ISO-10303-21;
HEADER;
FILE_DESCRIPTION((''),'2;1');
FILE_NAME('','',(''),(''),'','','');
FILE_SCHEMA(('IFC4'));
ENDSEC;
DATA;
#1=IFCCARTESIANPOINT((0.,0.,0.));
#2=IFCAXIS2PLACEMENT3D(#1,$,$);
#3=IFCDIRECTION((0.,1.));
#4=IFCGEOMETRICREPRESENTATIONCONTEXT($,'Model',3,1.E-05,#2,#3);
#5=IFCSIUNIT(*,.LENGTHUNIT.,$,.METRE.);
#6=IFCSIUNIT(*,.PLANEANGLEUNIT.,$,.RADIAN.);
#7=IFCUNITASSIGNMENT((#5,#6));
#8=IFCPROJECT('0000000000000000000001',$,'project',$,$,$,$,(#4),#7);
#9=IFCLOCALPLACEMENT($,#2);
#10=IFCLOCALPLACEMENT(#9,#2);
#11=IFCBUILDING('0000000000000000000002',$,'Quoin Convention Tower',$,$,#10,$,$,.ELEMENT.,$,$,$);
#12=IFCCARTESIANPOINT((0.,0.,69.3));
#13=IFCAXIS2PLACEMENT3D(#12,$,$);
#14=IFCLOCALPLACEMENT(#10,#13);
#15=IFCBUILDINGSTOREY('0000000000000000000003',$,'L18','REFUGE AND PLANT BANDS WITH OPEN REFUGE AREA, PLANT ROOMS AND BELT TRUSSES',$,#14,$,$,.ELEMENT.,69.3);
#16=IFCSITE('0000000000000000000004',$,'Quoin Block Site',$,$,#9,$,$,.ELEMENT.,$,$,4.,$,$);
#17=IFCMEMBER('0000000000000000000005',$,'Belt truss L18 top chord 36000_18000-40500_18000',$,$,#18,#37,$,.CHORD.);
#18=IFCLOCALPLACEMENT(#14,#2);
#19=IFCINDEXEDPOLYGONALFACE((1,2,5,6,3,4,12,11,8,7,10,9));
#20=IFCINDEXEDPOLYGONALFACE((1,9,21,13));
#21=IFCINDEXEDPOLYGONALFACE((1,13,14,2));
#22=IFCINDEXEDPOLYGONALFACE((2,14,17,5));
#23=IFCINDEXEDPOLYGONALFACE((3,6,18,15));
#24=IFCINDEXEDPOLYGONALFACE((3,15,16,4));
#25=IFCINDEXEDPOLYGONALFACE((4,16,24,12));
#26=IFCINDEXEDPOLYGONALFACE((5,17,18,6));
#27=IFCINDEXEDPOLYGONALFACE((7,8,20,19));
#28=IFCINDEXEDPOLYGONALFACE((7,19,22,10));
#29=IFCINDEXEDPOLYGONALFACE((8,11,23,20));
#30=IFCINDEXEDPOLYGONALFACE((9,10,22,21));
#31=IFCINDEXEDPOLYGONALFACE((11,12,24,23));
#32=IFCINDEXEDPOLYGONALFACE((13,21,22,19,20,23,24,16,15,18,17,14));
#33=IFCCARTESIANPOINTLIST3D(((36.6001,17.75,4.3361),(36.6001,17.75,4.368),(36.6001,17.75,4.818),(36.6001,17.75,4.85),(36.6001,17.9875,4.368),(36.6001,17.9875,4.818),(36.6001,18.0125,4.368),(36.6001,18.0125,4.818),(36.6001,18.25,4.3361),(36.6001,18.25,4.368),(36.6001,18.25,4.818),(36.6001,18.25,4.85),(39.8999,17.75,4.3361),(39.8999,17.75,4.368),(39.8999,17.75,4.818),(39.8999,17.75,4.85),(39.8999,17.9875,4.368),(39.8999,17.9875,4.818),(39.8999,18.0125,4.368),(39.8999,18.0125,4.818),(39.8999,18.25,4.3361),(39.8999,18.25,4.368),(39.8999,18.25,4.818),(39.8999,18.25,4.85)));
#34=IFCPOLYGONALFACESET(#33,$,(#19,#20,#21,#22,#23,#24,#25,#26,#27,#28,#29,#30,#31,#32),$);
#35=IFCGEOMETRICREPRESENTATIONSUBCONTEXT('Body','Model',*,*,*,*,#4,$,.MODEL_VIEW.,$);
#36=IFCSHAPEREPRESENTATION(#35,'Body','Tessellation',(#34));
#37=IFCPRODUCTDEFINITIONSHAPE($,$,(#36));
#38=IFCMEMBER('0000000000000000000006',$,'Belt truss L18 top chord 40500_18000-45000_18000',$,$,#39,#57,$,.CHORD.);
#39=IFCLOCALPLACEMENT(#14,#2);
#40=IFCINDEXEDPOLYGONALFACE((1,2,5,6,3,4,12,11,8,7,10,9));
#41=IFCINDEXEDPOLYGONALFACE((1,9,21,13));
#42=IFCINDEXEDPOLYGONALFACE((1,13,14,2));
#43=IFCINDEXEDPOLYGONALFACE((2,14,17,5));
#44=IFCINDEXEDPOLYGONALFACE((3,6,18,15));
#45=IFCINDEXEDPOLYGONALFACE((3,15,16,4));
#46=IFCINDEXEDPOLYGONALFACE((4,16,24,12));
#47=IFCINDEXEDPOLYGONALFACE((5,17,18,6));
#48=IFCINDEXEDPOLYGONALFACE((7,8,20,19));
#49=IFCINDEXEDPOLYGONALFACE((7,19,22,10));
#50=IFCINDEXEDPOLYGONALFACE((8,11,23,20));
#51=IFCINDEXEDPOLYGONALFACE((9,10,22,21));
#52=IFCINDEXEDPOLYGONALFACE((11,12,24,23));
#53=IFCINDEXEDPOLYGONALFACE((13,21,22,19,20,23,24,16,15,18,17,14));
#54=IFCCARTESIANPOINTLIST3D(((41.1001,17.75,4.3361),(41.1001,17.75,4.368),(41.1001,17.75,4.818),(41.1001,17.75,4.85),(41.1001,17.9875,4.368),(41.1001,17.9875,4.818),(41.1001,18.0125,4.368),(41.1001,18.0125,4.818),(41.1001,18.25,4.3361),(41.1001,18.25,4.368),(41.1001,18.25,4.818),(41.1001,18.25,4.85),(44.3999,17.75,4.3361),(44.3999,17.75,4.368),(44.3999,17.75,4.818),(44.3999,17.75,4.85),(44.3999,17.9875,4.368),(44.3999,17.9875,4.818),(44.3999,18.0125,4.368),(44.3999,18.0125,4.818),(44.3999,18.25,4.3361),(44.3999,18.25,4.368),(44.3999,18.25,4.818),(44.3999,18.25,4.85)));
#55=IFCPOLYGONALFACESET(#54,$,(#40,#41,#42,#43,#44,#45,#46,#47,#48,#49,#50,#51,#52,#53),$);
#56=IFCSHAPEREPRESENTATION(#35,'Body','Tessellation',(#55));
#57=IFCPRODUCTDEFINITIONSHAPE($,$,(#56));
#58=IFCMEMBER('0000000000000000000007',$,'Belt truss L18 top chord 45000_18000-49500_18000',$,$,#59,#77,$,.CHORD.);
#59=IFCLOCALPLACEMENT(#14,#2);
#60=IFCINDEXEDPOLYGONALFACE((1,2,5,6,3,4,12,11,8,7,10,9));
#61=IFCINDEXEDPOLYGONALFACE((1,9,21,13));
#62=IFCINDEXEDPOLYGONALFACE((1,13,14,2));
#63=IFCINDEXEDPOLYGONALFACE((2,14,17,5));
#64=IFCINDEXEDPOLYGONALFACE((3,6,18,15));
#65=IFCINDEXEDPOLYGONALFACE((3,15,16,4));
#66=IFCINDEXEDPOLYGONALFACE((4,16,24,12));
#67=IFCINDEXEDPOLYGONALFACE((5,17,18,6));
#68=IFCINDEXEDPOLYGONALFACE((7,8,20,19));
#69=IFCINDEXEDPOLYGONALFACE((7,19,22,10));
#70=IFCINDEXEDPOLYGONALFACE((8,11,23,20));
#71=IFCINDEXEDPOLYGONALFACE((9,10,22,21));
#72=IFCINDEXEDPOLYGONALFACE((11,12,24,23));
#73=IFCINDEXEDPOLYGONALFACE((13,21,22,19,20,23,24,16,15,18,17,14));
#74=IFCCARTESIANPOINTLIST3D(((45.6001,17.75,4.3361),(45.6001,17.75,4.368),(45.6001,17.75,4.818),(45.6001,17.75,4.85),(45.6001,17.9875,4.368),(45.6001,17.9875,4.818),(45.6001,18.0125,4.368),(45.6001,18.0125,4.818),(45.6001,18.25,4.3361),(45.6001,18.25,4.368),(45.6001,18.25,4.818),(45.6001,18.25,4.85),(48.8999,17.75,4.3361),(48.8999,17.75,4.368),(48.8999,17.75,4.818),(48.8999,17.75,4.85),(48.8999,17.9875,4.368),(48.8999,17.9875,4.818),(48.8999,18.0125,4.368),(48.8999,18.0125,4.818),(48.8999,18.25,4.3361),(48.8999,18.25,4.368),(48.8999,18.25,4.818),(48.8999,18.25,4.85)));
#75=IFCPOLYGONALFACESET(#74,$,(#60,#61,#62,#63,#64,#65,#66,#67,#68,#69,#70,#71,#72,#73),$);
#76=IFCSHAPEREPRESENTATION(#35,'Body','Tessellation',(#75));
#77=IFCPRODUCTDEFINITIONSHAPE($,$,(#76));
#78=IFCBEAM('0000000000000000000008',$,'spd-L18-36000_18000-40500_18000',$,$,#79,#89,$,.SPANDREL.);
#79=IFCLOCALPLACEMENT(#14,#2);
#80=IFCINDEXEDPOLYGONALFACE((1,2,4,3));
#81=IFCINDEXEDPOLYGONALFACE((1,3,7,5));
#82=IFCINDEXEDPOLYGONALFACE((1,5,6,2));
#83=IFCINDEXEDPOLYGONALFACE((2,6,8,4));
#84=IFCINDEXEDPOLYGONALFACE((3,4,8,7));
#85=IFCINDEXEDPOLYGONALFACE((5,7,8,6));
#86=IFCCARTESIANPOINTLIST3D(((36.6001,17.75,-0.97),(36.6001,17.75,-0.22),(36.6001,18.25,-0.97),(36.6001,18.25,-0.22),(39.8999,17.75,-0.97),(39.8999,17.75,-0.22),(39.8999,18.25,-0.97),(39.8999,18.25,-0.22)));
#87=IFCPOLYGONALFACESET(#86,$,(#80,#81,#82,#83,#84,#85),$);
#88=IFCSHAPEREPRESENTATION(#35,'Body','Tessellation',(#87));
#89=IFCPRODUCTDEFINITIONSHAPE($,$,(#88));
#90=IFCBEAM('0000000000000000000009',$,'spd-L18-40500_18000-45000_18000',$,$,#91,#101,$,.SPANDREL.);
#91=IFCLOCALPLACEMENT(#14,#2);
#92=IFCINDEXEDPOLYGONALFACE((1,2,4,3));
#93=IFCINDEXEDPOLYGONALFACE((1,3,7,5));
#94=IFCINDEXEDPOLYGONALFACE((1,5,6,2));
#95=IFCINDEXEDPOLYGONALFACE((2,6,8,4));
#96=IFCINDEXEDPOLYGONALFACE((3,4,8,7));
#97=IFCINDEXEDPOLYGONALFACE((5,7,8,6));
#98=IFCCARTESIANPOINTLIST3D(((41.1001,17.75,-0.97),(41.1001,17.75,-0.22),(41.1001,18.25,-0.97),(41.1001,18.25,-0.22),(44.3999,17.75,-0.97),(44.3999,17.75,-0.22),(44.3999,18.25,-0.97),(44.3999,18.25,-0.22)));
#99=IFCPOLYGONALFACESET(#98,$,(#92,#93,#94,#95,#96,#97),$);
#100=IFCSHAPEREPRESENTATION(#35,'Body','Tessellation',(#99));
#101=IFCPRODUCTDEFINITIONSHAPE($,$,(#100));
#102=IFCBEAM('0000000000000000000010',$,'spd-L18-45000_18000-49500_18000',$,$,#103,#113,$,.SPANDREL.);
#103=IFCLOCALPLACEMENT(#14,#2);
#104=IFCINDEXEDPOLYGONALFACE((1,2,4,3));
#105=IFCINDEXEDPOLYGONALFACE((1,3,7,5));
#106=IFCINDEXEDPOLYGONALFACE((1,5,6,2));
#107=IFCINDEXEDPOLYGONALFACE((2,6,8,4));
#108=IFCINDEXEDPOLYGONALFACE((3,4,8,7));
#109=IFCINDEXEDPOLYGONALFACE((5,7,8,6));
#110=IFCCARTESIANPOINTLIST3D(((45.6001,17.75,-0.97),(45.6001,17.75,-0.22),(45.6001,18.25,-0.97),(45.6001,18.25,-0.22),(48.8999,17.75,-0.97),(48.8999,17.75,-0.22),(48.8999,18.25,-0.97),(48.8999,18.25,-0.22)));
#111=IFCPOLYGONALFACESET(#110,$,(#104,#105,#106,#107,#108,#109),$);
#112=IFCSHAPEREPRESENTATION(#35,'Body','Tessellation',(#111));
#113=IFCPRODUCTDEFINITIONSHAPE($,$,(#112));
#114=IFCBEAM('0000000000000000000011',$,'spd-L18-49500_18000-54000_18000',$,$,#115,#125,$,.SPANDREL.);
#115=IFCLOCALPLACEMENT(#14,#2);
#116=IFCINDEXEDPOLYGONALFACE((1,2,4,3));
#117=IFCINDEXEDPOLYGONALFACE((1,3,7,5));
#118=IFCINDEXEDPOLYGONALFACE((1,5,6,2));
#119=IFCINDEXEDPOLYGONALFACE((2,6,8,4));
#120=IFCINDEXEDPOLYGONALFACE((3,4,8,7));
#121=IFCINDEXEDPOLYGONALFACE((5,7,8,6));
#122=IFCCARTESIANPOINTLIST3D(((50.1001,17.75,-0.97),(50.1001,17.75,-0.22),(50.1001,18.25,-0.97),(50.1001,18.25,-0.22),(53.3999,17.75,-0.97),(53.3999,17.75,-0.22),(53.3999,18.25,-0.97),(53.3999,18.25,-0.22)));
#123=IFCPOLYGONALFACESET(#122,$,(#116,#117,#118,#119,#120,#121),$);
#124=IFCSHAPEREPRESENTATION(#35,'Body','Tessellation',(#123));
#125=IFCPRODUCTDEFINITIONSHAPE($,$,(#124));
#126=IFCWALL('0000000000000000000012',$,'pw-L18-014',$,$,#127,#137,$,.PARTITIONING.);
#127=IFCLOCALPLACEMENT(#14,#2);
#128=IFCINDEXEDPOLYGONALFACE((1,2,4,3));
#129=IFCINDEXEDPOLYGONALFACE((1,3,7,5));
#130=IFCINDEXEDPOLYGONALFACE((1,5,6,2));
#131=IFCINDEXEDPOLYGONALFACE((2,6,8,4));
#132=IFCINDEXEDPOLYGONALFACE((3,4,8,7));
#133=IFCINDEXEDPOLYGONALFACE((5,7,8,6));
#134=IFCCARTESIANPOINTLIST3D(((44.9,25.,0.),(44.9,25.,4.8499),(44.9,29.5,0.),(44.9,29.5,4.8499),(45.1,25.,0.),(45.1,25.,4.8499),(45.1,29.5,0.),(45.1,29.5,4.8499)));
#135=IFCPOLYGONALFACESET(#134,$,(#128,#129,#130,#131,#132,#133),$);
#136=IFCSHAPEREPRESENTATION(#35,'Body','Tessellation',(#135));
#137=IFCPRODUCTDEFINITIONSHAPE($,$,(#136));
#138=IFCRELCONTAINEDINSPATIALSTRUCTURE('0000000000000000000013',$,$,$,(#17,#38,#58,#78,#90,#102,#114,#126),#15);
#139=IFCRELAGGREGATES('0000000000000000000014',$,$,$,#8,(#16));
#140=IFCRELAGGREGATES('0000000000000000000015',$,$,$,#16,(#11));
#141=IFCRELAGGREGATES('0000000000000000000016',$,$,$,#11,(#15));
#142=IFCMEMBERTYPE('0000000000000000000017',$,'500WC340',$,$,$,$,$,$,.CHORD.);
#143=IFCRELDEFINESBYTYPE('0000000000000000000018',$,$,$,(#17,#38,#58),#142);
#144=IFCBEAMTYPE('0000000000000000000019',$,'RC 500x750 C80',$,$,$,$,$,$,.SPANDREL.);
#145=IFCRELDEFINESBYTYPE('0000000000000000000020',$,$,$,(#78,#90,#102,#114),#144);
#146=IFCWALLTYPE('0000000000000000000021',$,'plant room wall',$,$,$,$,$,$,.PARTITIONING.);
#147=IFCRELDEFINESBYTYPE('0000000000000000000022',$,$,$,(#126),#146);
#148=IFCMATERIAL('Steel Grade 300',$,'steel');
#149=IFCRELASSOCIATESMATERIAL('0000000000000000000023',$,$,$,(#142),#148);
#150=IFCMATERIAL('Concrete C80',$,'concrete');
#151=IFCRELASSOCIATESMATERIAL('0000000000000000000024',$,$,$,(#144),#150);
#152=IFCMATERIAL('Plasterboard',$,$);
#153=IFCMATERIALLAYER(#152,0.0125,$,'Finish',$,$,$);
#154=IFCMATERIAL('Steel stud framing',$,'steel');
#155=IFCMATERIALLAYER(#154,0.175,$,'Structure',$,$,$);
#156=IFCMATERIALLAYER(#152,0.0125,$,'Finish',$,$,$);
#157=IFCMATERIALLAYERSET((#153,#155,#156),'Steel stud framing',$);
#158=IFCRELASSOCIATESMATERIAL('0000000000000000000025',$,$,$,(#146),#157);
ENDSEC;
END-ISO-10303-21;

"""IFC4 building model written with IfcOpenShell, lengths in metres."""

from ifc_helpers import new_model, si_unit, direction, frame, frame_2d, origin, origin_2d, place, context, subcontext, project, spatial, rectangle, i_section, extrude, material, layer, layer_set, material_profile, profile_set, type_object, element, save


model = new_model("IFC4")

# Units and contexts
model_context = context("Model", 3, precision=1e-05, world=origin(), true_north=direction((0.0, 1.0)))
body_context = subcontext(model_context, "Body", "Model", "MODEL_VIEW")
ifc_project = project(units=[si_unit("LENGTHUNIT", "METRE"), si_unit("PLANEANGLEUNIT", "RADIAN")], contexts=[model_context])

# Site, building, storey
site_placement = place(None, origin())
site = spatial("IfcSite", under=ifc_project, at=site_placement, Name="Quoin Block Site", CompositionType="ELEMENT", RefElevation=4.0)
building_placement = place(site_placement, origin())
building = spatial("IfcBuilding", under=site, at=building_placement, Name="Quoin Convention Tower", CompositionType="ELEMENT")
storey_placement = place(building_placement, frame((0.0, 0.0, 69.3)))
storey = spatial("IfcBuildingStorey", under=building, at=storey_placement, Name="L18", Description="REFUGE AND PLANT BANDS WITH OPEN REFUGE AREA, PLANT ROOMS AND BELT TRUSSES", CompositionType="ELEMENT", Elevation=69.3)

# Shared definitions
ifc_material_1 = material(Name="Concrete C80", Category="concrete")

# Shared definitions
ifc_material_2 = material(Name="Steel Grade 300", Category="steel")

# Members
ifc_material_profile_1 = material_profile(ifc_material_2, i_section(OverallWidth=0.5, OverallDepth=0.5139, WebThickness=0.0249, FlangeThickness=0.032, at=origin_2d()), Name="500WC340")
ifc_profile_set_1 = profile_set([ifc_material_profile_1], Name="Steel Grade 300")
member_type_1 = type_object("IfcMemberType", Name="500WC340", PredefinedType="CHORD", material=ifc_profile_set_1)
for number, where, z_axis, x_axis, name in (
    (1, (36.6001, 18.0, 4.593), (1.0, 0.0, 0.0), (0.0, 1.0, 0.0), "Belt truss L18 top chord 36000_18000-40500_18000"),
    (2, (41.1001, 18.0, 4.593), (1.0, 0.0, 0.0), (0.0, 1.0, 0.0), "Belt truss L18 top chord 40500_18000-45000_18000"),
    (3, (45.6001, 18.0, 4.593), (1.0, 0.0, 0.0), (0.0, 1.0, 0.0), "Belt truss L18 top chord 45000_18000-49500_18000"),
):
    element("IfcMember", number, at=place(storey_placement, frame(where, z_axis=z_axis, x_axis=x_axis)), inside=storey, type_object=member_type_1, Name=name, PredefinedType="CHORD", context=body_context, shape_type="SweptSolid", body=[
        extrude(i_section(OverallWidth=0.5, OverallDepth=0.5139, WebThickness=0.0249, FlangeThickness=0.032, at=origin_2d()), origin(), (0.0, 0.0, 1.0), 3.2998),
    ])

# Beams
ifc_material_profile_2 = material_profile(ifc_material_1, rectangle(XDim=0.5, YDim=0.75, at=origin_2d()), Name="RC 500x750")
ifc_profile_set_2 = profile_set([ifc_material_profile_2], Name="Concrete C80")
beam_type_1 = type_object("IfcBeamType", Name="RC 500x750 C80", PredefinedType="SPANDREL", material=ifc_profile_set_2)
for number, where, z_axis, x_axis, name in (
    (4, (36.6001, 18.0, -0.595), (1.0, 0.0, 0.0), (0.0, 1.0, 0.0), "spd-L18-36000_18000-40500_18000"),
    (5, (41.1001, 18.0, -0.595), (1.0, 0.0, 0.0), (0.0, 1.0, 0.0), "spd-L18-40500_18000-45000_18000"),
    (6, (45.6001, 18.0, -0.595), (1.0, 0.0, 0.0), (0.0, 1.0, 0.0), "spd-L18-45000_18000-49500_18000"),
    (7, (50.1001, 18.0, -0.595), (1.0, 0.0, 0.0), (0.0, 1.0, 0.0), "spd-L18-49500_18000-54000_18000"),
):
    element("IfcBeam", number, at=place(storey_placement, frame(where, z_axis=z_axis, x_axis=x_axis)), inside=storey, type_object=beam_type_1, Name=name, PredefinedType="SPANDREL", context=body_context, shape_type="SweptSolid", body=[
        extrude(rectangle(XDim=0.5, YDim=0.75, at=origin_2d()), origin(), (0.0, 0.0, 1.0), 3.2998),
    ])

# Wall
ifc_material_3 = material(Name="Plasterboard")
ifc_layer_1 = layer(ifc_material_3, 0.0125, Name="Finish")
ifc_material_4 = material(Name="Steel stud framing", Category="steel")
ifc_layer_2 = layer(ifc_material_4, 0.175, Name="Structure")
ifc_layer_3 = layer(ifc_material_3, 0.0125, Name="Finish")
ifc_layer_set = layer_set([ifc_layer_1, ifc_layer_2, ifc_layer_3], Name="Steel stud framing")
wall_type = type_object("IfcWallType", Name="plant room wall", PredefinedType="PARTITIONING", material=ifc_layer_set)
wall_placement = place(storey_placement, frame((45.0, 25.0, 0.0), z_axis=(0.0, 0.0, 1.0), x_axis=(0.0, 1.0, 0.0)))
element("IfcWall", 8, at=wall_placement, inside=storey, type_object=wall_type, Name="pw-L18-014", PredefinedType="PARTITIONING", context=body_context, shape_type="SweptSolid", body=[
    extrude(rectangle(XDim=4.5, YDim=0.2, at=frame_2d((2.25, 0.0))), origin(), (0.0, 0.0, 1.0), 4.8499),
])

save(model, "model.ifc")
